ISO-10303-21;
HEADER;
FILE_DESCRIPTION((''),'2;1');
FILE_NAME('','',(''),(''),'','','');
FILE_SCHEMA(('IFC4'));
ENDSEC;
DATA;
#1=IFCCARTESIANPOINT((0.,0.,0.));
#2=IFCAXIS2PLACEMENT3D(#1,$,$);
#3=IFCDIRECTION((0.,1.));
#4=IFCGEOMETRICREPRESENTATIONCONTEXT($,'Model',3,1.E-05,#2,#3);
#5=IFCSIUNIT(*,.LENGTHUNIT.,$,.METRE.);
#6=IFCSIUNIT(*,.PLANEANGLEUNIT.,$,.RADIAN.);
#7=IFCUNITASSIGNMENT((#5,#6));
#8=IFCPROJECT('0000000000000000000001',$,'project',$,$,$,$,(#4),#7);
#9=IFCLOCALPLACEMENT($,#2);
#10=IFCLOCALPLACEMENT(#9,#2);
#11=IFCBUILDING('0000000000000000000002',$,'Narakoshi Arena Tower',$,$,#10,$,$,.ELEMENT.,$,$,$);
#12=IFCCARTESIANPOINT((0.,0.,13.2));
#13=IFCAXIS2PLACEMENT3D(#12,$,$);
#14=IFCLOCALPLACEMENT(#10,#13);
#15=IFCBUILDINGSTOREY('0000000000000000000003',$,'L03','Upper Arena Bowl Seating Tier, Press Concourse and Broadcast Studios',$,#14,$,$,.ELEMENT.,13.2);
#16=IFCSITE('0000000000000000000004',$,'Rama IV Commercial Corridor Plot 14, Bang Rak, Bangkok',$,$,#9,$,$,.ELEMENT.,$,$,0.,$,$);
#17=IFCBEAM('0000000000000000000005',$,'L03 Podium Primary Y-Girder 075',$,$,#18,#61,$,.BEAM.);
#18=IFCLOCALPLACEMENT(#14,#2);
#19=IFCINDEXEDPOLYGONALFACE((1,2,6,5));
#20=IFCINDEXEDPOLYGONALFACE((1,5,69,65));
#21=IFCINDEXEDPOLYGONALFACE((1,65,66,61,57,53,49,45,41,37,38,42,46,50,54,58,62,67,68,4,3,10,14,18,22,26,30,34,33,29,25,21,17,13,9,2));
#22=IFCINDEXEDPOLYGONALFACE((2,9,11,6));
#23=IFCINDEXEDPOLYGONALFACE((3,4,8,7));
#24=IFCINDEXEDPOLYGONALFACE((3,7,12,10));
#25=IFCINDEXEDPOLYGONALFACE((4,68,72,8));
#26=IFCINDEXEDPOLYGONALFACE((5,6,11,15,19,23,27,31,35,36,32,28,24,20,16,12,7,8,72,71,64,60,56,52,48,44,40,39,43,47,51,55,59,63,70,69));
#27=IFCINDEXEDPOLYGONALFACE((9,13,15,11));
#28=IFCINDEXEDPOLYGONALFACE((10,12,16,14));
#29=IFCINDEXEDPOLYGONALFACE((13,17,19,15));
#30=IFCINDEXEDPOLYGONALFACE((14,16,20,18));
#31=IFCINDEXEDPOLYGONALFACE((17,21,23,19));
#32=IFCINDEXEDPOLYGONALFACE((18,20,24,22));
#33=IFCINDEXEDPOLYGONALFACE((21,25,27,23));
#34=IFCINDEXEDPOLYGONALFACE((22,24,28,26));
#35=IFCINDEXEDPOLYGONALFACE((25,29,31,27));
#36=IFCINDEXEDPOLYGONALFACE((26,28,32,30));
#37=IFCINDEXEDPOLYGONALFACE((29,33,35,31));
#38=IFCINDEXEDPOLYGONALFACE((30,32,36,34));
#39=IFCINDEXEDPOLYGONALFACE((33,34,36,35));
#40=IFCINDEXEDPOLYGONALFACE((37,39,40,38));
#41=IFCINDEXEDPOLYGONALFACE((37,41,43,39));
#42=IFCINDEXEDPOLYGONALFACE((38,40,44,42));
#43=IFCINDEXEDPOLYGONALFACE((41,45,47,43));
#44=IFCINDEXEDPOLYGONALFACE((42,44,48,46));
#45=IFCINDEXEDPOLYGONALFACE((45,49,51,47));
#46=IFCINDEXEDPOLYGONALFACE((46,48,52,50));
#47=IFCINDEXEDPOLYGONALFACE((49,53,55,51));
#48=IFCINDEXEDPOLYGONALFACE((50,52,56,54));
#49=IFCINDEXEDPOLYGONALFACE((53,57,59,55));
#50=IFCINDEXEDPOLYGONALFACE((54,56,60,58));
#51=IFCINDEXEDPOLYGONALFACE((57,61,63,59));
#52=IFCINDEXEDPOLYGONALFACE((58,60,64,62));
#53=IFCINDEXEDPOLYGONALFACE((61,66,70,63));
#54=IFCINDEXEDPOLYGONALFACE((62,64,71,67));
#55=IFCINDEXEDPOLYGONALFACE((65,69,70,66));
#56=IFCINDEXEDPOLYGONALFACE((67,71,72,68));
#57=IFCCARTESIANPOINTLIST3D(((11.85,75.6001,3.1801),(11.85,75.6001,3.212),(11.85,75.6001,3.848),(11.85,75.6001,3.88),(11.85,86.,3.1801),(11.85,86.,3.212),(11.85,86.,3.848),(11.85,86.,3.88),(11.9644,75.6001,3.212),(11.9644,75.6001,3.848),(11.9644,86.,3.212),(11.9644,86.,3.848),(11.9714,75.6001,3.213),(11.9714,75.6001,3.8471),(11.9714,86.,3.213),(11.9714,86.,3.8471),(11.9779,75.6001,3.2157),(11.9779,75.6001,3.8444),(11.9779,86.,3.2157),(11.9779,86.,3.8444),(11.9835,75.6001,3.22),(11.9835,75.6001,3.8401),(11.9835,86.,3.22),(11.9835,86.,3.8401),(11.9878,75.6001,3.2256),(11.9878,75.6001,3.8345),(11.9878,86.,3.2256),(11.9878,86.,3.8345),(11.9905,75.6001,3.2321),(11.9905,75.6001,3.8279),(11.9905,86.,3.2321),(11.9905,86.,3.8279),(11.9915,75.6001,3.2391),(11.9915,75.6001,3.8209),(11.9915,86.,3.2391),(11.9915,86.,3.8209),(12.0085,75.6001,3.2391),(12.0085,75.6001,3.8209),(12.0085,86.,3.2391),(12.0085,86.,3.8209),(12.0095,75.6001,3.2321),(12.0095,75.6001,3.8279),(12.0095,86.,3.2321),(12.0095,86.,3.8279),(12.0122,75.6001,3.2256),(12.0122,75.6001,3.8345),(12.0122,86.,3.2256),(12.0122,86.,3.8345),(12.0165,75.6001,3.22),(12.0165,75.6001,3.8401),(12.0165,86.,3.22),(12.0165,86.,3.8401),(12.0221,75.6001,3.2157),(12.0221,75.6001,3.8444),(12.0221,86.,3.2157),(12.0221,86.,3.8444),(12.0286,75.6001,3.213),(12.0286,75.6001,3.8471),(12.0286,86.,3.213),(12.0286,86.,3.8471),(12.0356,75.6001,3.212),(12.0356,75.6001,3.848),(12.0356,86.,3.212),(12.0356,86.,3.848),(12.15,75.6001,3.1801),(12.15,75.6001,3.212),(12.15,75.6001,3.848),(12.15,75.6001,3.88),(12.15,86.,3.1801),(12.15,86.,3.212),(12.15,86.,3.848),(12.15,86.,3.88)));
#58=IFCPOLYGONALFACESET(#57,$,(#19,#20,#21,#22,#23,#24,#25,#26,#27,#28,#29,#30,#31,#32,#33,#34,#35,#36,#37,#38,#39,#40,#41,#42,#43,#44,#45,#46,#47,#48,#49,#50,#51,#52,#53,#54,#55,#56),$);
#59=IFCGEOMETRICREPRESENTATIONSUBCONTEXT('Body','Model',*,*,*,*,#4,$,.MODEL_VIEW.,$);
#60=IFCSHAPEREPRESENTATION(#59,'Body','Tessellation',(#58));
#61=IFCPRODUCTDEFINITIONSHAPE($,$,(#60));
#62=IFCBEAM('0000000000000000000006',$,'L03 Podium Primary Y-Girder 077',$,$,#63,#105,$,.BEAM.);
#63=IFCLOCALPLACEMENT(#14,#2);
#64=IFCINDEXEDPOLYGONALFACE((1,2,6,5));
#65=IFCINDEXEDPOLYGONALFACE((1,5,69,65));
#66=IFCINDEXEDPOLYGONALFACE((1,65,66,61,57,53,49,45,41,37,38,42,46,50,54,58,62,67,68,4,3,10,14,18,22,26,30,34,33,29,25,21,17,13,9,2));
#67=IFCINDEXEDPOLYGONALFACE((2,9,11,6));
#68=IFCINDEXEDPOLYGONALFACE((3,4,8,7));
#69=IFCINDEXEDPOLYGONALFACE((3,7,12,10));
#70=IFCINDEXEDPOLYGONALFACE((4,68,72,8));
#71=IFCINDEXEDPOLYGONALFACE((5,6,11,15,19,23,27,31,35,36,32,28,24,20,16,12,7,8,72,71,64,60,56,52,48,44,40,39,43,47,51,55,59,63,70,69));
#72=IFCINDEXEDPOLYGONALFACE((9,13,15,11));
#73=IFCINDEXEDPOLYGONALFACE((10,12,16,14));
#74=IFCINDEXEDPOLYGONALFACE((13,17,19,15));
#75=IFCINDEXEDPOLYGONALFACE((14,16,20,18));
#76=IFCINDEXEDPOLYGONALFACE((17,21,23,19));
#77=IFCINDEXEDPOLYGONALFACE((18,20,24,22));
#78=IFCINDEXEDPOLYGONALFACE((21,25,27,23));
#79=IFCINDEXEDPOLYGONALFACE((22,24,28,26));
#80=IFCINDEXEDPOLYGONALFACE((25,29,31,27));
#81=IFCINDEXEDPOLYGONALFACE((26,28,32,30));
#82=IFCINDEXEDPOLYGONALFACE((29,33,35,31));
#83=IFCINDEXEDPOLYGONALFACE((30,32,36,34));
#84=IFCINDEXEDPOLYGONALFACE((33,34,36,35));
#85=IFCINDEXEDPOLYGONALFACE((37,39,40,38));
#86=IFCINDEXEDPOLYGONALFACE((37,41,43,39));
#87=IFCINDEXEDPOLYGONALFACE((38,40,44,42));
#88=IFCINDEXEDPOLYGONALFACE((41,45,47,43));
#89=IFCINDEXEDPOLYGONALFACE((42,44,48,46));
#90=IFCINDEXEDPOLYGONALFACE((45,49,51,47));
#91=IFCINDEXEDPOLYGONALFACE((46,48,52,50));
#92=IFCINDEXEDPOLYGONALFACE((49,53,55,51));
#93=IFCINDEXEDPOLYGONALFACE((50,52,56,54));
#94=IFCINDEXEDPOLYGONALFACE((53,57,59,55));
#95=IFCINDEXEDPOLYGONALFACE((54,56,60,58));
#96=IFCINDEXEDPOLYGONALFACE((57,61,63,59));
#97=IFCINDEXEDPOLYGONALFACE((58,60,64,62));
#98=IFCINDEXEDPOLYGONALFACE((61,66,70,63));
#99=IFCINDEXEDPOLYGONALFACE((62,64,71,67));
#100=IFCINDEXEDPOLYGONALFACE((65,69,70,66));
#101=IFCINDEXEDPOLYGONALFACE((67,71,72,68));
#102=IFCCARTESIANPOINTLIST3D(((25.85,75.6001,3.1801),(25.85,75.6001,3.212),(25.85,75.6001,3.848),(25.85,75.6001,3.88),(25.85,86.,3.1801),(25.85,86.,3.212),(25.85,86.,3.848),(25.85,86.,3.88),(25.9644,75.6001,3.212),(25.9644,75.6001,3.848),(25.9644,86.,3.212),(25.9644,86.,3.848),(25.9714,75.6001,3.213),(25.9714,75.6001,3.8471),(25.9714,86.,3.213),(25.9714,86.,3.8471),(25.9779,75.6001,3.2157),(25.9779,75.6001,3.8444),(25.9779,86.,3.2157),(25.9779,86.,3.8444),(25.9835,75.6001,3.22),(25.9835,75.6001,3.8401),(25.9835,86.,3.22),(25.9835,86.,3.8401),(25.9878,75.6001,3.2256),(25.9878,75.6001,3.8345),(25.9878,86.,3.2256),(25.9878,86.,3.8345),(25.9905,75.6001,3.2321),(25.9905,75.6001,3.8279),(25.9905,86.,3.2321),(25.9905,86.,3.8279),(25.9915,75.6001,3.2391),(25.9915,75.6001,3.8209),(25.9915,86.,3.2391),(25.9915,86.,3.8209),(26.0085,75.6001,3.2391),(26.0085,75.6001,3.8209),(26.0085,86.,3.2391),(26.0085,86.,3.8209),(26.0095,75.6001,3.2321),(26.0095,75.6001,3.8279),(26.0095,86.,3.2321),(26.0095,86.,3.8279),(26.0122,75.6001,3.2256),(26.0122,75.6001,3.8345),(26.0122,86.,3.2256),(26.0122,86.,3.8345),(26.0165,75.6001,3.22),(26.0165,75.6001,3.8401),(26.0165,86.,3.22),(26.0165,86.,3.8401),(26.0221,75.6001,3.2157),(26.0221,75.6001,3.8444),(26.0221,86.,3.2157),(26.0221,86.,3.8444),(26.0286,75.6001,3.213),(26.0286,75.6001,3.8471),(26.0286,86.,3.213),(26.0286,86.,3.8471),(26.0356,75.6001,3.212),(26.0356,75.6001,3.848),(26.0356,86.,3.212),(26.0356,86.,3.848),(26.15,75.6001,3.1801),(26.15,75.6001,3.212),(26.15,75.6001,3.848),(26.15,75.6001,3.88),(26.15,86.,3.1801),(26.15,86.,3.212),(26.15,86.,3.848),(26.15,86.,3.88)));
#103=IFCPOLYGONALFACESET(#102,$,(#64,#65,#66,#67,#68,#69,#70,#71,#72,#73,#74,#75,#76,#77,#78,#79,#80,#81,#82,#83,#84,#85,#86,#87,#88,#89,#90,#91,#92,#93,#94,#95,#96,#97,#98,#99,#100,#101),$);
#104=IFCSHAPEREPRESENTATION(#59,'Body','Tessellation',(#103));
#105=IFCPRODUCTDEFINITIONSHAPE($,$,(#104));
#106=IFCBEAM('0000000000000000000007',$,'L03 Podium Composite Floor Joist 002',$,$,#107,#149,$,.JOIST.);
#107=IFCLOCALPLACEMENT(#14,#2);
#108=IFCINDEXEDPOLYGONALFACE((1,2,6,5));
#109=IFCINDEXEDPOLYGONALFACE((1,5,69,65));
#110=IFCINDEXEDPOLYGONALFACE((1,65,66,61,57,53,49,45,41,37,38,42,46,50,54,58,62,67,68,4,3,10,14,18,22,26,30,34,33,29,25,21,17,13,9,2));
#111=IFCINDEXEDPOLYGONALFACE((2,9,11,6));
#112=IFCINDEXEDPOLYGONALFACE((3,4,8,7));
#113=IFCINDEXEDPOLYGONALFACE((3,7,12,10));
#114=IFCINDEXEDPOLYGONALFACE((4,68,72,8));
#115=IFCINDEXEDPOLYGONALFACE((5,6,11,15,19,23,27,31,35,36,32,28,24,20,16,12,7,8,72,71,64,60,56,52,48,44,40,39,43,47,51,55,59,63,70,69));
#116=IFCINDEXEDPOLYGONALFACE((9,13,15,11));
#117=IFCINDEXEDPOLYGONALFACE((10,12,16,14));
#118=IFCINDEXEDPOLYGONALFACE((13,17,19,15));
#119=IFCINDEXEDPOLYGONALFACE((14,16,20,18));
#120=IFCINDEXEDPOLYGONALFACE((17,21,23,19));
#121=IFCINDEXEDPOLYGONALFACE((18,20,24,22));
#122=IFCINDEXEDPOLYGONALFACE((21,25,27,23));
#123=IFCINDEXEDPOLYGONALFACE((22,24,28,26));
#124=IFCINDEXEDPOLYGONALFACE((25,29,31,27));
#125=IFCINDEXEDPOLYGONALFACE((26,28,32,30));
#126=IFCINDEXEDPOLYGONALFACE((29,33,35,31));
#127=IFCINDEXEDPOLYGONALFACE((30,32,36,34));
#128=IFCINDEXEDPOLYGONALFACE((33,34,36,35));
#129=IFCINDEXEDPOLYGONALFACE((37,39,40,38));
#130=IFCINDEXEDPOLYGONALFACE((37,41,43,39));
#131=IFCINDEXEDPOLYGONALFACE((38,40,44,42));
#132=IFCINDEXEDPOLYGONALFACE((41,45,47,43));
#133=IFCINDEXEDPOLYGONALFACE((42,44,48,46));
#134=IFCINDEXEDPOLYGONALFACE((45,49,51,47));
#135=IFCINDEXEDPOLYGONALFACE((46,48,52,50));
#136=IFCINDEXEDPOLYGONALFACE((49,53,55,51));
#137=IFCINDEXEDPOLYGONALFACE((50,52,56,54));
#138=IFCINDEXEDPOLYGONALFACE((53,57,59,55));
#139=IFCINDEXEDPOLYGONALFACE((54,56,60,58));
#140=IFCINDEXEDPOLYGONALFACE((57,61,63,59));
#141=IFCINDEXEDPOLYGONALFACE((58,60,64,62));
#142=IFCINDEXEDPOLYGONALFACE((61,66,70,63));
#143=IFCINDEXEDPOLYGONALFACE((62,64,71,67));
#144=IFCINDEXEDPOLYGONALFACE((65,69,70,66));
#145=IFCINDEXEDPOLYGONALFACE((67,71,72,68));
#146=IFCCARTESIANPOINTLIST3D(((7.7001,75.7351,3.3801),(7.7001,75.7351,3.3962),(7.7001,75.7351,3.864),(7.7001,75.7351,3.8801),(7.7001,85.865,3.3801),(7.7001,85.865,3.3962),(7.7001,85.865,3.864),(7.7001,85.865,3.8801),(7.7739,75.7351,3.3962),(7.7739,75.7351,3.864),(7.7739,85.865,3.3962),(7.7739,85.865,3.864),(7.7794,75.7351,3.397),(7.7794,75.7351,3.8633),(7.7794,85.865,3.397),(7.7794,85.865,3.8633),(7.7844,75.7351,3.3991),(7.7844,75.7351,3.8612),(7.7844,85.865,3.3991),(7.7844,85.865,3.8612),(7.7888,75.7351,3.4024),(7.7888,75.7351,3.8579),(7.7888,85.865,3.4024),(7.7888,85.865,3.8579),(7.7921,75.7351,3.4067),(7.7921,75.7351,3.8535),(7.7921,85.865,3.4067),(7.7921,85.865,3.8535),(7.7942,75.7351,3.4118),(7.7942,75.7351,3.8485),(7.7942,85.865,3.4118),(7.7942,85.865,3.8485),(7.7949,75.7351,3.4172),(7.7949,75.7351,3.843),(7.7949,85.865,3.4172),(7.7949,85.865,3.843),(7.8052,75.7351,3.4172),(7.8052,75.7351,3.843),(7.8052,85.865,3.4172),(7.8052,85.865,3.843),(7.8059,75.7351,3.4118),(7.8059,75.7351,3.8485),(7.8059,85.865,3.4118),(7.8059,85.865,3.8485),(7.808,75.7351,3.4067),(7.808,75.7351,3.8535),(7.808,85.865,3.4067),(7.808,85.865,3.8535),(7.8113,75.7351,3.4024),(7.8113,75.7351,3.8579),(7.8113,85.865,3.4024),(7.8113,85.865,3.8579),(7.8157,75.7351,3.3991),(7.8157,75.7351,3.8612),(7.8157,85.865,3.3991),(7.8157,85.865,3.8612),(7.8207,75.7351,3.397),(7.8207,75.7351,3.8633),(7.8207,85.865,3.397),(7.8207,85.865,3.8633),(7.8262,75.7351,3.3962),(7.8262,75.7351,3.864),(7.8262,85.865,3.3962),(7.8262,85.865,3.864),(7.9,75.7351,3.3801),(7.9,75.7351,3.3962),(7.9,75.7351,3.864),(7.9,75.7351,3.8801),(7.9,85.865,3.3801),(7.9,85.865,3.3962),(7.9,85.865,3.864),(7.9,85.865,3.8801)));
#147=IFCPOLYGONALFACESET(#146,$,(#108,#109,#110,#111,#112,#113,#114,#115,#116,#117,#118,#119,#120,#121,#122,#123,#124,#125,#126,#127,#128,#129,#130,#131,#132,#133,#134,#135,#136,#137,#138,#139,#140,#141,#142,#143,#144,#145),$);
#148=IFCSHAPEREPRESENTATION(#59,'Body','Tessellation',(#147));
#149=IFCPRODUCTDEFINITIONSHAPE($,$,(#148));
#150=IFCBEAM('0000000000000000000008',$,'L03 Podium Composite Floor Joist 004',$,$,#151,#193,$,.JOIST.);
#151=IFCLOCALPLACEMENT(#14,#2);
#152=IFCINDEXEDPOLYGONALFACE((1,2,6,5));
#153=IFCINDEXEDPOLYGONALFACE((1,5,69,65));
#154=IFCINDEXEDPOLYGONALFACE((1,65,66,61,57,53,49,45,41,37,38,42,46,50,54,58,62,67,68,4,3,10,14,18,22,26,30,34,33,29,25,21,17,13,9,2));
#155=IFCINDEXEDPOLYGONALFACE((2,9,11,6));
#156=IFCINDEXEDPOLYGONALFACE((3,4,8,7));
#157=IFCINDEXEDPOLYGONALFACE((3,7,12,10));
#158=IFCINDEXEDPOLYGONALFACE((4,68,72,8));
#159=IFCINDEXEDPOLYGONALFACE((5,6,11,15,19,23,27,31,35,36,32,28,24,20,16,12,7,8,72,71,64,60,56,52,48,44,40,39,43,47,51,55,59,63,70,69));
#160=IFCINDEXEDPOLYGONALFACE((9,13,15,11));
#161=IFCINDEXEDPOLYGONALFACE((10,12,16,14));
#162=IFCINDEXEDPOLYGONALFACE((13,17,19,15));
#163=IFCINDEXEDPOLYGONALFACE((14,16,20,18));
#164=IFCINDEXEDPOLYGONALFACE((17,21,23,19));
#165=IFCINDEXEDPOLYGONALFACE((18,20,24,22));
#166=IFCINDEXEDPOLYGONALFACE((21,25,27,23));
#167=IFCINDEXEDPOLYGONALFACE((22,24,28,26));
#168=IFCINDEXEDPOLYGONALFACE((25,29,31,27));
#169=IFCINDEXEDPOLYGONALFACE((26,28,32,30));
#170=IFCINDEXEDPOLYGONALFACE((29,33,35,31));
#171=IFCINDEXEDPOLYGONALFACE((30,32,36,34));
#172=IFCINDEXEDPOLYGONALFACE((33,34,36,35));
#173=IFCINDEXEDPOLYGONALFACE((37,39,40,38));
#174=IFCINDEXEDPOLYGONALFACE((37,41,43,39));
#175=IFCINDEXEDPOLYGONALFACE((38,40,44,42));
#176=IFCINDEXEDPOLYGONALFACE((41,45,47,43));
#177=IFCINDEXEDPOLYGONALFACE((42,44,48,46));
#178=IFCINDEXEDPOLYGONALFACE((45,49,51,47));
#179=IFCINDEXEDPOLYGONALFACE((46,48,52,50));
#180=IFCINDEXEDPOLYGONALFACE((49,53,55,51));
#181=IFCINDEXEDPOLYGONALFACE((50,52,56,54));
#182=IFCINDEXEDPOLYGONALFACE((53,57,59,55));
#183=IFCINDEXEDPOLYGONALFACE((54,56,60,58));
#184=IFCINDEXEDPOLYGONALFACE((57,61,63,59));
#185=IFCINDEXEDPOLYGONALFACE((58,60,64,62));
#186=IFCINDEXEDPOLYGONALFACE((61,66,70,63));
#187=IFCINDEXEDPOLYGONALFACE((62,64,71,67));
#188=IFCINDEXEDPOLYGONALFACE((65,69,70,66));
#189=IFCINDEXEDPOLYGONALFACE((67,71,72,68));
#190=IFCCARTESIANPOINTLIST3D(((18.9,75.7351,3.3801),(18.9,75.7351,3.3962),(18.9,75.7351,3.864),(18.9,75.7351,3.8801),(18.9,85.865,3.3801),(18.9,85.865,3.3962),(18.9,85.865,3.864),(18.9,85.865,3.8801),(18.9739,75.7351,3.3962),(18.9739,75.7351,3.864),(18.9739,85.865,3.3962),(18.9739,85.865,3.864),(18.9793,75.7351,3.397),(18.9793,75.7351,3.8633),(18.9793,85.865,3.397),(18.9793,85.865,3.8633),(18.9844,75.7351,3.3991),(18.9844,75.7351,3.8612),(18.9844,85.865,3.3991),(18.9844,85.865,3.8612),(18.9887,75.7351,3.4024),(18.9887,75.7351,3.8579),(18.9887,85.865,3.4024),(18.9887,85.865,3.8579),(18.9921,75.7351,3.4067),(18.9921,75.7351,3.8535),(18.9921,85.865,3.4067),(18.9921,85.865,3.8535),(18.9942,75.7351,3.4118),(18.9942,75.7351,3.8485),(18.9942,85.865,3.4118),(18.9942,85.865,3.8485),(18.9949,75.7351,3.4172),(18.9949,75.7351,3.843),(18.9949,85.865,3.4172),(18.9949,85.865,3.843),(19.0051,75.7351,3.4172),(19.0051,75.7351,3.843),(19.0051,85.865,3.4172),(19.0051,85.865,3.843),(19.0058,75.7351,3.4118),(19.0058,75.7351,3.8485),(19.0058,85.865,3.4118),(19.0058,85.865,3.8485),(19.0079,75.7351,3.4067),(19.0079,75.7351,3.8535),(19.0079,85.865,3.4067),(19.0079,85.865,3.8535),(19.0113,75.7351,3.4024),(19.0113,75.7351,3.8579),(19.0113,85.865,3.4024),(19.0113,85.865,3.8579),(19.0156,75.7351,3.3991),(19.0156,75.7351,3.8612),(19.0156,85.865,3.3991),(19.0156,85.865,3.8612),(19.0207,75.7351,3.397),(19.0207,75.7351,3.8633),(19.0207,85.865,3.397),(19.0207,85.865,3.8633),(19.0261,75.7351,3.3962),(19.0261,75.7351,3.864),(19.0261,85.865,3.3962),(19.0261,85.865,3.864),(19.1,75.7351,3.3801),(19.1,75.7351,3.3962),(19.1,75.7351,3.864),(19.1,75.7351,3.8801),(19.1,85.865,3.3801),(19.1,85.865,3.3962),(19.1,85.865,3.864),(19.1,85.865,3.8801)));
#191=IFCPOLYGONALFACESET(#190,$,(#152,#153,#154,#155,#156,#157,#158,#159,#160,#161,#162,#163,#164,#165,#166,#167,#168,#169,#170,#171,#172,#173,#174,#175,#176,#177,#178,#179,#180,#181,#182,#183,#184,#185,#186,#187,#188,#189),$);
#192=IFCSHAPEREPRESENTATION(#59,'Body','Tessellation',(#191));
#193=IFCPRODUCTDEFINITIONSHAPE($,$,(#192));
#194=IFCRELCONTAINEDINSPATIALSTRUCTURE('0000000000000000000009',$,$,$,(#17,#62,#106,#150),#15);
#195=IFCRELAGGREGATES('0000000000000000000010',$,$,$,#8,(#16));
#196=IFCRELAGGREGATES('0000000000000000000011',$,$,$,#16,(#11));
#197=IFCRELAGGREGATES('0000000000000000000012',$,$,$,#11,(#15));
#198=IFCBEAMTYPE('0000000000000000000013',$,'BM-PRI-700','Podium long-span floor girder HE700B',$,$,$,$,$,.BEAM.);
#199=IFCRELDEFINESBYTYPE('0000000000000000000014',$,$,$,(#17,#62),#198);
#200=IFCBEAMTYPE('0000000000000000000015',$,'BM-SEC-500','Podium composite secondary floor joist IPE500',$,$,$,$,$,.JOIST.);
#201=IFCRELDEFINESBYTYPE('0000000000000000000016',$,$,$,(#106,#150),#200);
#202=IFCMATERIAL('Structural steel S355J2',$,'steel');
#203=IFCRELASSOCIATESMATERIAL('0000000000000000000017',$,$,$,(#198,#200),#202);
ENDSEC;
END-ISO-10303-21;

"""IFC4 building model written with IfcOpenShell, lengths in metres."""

from ifc_helpers import new_model, si_unit, direction, frame, origin, origin_2d, place, context, subcontext, project, spatial, i_section, extrude, material, material_profile, profile_set, type_object, element, save


model = new_model("IFC4")

# Units and contexts
model_context = context("Model", 3, precision=1e-05, world=origin(), true_north=direction((0.0, 1.0)))
body_context = subcontext(model_context, "Body", "Model", "MODEL_VIEW")
ifc_project = project(units=[si_unit("LENGTHUNIT", "METRE"), si_unit("PLANEANGLEUNIT", "RADIAN")], contexts=[model_context])

# Site, building, storey
site_placement = place(None, origin())
site = spatial("IfcSite", under=ifc_project, at=site_placement, Name="Rama IV Commercial Corridor Plot 14, Bang Rak, Bangkok", CompositionType="ELEMENT", RefElevation=0.0)
building_placement = place(site_placement, origin())
building = spatial("IfcBuilding", under=site, at=building_placement, Name="Narakoshi Arena Tower", CompositionType="ELEMENT")
storey_placement = place(building_placement, frame((0.0, 0.0, 13.2)))
storey = spatial("IfcBuildingStorey", under=building, at=storey_placement, Name="L03", Description="Upper Arena Bowl Seating Tier, Press Concourse and Broadcast Studios", CompositionType="ELEMENT", Elevation=13.2)

# Beams
ifc_material_1 = material(Name="Structural steel S355J2", Category="steel")
ifc_material_profile_1 = material_profile(ifc_material_1, i_section(OverallWidth=0.3, OverallDepth=0.7, WebThickness=0.0171, FlangeThickness=0.032, FilletRadius=0.0271, at=origin_2d()), Name="HE700B")
ifc_profile_set_1 = profile_set([ifc_material_profile_1], Name="Structural steel S355J2")
beam_type_1 = type_object("IfcBeamType", Name="BM-PRI-700", Description="Podium long-span floor girder HE700B", PredefinedType="BEAM", material=ifc_profile_set_1)
for number, where, z_axis, x_axis, name in (
    (1, (12.0, 75.6001, 3.53), (0.0, 1.0, 0.0), (-1.0, 0.0, 0.0), "L03 Podium Primary Y-Girder 075"),
    (2, (26.0, 75.6001, 3.53), (0.0, 1.0, 0.0), (-1.0, 0.0, 0.0), "L03 Podium Primary Y-Girder 077"),
):
    element("IfcBeam", number, at=place(storey_placement, frame(where, z_axis=z_axis, x_axis=x_axis)), inside=storey, type_object=beam_type_1, Name=name, PredefinedType="BEAM", context=body_context, shape_type="SweptSolid", body=[
        extrude(i_section(OverallWidth=0.3, OverallDepth=0.7, WebThickness=0.0171, FlangeThickness=0.032, FilletRadius=0.0271, at=origin_2d()), origin(), (0.0, 0.0, 1.0), 10.3999),
    ])
ifc_material_profile_2 = material_profile(ifc_material_1, i_section(OverallWidth=0.2, OverallDepth=0.5, WebThickness=0.0103, FlangeThickness=0.0161, FilletRadius=0.021, at=origin_2d()), Name="IPE500")
ifc_profile_set_2 = profile_set([ifc_material_profile_2], Name="Structural steel S355J2")
beam_type_2 = type_object("IfcBeamType", Name="BM-SEC-500", Description="Podium composite secondary floor joist IPE500", PredefinedType="JOIST", material=ifc_profile_set_2)
for number, where, z_axis, x_axis, name in (
    (3, (7.8, 75.7351, 3.6301), (0.0, 1.0, 0.0), (-1.0, 0.0, 0.0), "L03 Podium Composite Floor Joist 002"),
    (4, (19.0, 75.7351, 3.6301), (0.0, 1.0, 0.0), (-1.0, 0.0, 0.0), "L03 Podium Composite Floor Joist 004"),
):
    element("IfcBeam", number, at=place(storey_placement, frame(where, z_axis=z_axis, x_axis=x_axis)), inside=storey, type_object=beam_type_2, Name=name, PredefinedType="JOIST", context=body_context, shape_type="SweptSolid", body=[
        extrude(i_section(OverallWidth=0.2, OverallDepth=0.5, WebThickness=0.0103, FlangeThickness=0.0161, FilletRadius=0.021, at=origin_2d()), origin(), (0.0, 0.0, 1.0), 10.1299),
    ])

save(model, "model.ifc")
